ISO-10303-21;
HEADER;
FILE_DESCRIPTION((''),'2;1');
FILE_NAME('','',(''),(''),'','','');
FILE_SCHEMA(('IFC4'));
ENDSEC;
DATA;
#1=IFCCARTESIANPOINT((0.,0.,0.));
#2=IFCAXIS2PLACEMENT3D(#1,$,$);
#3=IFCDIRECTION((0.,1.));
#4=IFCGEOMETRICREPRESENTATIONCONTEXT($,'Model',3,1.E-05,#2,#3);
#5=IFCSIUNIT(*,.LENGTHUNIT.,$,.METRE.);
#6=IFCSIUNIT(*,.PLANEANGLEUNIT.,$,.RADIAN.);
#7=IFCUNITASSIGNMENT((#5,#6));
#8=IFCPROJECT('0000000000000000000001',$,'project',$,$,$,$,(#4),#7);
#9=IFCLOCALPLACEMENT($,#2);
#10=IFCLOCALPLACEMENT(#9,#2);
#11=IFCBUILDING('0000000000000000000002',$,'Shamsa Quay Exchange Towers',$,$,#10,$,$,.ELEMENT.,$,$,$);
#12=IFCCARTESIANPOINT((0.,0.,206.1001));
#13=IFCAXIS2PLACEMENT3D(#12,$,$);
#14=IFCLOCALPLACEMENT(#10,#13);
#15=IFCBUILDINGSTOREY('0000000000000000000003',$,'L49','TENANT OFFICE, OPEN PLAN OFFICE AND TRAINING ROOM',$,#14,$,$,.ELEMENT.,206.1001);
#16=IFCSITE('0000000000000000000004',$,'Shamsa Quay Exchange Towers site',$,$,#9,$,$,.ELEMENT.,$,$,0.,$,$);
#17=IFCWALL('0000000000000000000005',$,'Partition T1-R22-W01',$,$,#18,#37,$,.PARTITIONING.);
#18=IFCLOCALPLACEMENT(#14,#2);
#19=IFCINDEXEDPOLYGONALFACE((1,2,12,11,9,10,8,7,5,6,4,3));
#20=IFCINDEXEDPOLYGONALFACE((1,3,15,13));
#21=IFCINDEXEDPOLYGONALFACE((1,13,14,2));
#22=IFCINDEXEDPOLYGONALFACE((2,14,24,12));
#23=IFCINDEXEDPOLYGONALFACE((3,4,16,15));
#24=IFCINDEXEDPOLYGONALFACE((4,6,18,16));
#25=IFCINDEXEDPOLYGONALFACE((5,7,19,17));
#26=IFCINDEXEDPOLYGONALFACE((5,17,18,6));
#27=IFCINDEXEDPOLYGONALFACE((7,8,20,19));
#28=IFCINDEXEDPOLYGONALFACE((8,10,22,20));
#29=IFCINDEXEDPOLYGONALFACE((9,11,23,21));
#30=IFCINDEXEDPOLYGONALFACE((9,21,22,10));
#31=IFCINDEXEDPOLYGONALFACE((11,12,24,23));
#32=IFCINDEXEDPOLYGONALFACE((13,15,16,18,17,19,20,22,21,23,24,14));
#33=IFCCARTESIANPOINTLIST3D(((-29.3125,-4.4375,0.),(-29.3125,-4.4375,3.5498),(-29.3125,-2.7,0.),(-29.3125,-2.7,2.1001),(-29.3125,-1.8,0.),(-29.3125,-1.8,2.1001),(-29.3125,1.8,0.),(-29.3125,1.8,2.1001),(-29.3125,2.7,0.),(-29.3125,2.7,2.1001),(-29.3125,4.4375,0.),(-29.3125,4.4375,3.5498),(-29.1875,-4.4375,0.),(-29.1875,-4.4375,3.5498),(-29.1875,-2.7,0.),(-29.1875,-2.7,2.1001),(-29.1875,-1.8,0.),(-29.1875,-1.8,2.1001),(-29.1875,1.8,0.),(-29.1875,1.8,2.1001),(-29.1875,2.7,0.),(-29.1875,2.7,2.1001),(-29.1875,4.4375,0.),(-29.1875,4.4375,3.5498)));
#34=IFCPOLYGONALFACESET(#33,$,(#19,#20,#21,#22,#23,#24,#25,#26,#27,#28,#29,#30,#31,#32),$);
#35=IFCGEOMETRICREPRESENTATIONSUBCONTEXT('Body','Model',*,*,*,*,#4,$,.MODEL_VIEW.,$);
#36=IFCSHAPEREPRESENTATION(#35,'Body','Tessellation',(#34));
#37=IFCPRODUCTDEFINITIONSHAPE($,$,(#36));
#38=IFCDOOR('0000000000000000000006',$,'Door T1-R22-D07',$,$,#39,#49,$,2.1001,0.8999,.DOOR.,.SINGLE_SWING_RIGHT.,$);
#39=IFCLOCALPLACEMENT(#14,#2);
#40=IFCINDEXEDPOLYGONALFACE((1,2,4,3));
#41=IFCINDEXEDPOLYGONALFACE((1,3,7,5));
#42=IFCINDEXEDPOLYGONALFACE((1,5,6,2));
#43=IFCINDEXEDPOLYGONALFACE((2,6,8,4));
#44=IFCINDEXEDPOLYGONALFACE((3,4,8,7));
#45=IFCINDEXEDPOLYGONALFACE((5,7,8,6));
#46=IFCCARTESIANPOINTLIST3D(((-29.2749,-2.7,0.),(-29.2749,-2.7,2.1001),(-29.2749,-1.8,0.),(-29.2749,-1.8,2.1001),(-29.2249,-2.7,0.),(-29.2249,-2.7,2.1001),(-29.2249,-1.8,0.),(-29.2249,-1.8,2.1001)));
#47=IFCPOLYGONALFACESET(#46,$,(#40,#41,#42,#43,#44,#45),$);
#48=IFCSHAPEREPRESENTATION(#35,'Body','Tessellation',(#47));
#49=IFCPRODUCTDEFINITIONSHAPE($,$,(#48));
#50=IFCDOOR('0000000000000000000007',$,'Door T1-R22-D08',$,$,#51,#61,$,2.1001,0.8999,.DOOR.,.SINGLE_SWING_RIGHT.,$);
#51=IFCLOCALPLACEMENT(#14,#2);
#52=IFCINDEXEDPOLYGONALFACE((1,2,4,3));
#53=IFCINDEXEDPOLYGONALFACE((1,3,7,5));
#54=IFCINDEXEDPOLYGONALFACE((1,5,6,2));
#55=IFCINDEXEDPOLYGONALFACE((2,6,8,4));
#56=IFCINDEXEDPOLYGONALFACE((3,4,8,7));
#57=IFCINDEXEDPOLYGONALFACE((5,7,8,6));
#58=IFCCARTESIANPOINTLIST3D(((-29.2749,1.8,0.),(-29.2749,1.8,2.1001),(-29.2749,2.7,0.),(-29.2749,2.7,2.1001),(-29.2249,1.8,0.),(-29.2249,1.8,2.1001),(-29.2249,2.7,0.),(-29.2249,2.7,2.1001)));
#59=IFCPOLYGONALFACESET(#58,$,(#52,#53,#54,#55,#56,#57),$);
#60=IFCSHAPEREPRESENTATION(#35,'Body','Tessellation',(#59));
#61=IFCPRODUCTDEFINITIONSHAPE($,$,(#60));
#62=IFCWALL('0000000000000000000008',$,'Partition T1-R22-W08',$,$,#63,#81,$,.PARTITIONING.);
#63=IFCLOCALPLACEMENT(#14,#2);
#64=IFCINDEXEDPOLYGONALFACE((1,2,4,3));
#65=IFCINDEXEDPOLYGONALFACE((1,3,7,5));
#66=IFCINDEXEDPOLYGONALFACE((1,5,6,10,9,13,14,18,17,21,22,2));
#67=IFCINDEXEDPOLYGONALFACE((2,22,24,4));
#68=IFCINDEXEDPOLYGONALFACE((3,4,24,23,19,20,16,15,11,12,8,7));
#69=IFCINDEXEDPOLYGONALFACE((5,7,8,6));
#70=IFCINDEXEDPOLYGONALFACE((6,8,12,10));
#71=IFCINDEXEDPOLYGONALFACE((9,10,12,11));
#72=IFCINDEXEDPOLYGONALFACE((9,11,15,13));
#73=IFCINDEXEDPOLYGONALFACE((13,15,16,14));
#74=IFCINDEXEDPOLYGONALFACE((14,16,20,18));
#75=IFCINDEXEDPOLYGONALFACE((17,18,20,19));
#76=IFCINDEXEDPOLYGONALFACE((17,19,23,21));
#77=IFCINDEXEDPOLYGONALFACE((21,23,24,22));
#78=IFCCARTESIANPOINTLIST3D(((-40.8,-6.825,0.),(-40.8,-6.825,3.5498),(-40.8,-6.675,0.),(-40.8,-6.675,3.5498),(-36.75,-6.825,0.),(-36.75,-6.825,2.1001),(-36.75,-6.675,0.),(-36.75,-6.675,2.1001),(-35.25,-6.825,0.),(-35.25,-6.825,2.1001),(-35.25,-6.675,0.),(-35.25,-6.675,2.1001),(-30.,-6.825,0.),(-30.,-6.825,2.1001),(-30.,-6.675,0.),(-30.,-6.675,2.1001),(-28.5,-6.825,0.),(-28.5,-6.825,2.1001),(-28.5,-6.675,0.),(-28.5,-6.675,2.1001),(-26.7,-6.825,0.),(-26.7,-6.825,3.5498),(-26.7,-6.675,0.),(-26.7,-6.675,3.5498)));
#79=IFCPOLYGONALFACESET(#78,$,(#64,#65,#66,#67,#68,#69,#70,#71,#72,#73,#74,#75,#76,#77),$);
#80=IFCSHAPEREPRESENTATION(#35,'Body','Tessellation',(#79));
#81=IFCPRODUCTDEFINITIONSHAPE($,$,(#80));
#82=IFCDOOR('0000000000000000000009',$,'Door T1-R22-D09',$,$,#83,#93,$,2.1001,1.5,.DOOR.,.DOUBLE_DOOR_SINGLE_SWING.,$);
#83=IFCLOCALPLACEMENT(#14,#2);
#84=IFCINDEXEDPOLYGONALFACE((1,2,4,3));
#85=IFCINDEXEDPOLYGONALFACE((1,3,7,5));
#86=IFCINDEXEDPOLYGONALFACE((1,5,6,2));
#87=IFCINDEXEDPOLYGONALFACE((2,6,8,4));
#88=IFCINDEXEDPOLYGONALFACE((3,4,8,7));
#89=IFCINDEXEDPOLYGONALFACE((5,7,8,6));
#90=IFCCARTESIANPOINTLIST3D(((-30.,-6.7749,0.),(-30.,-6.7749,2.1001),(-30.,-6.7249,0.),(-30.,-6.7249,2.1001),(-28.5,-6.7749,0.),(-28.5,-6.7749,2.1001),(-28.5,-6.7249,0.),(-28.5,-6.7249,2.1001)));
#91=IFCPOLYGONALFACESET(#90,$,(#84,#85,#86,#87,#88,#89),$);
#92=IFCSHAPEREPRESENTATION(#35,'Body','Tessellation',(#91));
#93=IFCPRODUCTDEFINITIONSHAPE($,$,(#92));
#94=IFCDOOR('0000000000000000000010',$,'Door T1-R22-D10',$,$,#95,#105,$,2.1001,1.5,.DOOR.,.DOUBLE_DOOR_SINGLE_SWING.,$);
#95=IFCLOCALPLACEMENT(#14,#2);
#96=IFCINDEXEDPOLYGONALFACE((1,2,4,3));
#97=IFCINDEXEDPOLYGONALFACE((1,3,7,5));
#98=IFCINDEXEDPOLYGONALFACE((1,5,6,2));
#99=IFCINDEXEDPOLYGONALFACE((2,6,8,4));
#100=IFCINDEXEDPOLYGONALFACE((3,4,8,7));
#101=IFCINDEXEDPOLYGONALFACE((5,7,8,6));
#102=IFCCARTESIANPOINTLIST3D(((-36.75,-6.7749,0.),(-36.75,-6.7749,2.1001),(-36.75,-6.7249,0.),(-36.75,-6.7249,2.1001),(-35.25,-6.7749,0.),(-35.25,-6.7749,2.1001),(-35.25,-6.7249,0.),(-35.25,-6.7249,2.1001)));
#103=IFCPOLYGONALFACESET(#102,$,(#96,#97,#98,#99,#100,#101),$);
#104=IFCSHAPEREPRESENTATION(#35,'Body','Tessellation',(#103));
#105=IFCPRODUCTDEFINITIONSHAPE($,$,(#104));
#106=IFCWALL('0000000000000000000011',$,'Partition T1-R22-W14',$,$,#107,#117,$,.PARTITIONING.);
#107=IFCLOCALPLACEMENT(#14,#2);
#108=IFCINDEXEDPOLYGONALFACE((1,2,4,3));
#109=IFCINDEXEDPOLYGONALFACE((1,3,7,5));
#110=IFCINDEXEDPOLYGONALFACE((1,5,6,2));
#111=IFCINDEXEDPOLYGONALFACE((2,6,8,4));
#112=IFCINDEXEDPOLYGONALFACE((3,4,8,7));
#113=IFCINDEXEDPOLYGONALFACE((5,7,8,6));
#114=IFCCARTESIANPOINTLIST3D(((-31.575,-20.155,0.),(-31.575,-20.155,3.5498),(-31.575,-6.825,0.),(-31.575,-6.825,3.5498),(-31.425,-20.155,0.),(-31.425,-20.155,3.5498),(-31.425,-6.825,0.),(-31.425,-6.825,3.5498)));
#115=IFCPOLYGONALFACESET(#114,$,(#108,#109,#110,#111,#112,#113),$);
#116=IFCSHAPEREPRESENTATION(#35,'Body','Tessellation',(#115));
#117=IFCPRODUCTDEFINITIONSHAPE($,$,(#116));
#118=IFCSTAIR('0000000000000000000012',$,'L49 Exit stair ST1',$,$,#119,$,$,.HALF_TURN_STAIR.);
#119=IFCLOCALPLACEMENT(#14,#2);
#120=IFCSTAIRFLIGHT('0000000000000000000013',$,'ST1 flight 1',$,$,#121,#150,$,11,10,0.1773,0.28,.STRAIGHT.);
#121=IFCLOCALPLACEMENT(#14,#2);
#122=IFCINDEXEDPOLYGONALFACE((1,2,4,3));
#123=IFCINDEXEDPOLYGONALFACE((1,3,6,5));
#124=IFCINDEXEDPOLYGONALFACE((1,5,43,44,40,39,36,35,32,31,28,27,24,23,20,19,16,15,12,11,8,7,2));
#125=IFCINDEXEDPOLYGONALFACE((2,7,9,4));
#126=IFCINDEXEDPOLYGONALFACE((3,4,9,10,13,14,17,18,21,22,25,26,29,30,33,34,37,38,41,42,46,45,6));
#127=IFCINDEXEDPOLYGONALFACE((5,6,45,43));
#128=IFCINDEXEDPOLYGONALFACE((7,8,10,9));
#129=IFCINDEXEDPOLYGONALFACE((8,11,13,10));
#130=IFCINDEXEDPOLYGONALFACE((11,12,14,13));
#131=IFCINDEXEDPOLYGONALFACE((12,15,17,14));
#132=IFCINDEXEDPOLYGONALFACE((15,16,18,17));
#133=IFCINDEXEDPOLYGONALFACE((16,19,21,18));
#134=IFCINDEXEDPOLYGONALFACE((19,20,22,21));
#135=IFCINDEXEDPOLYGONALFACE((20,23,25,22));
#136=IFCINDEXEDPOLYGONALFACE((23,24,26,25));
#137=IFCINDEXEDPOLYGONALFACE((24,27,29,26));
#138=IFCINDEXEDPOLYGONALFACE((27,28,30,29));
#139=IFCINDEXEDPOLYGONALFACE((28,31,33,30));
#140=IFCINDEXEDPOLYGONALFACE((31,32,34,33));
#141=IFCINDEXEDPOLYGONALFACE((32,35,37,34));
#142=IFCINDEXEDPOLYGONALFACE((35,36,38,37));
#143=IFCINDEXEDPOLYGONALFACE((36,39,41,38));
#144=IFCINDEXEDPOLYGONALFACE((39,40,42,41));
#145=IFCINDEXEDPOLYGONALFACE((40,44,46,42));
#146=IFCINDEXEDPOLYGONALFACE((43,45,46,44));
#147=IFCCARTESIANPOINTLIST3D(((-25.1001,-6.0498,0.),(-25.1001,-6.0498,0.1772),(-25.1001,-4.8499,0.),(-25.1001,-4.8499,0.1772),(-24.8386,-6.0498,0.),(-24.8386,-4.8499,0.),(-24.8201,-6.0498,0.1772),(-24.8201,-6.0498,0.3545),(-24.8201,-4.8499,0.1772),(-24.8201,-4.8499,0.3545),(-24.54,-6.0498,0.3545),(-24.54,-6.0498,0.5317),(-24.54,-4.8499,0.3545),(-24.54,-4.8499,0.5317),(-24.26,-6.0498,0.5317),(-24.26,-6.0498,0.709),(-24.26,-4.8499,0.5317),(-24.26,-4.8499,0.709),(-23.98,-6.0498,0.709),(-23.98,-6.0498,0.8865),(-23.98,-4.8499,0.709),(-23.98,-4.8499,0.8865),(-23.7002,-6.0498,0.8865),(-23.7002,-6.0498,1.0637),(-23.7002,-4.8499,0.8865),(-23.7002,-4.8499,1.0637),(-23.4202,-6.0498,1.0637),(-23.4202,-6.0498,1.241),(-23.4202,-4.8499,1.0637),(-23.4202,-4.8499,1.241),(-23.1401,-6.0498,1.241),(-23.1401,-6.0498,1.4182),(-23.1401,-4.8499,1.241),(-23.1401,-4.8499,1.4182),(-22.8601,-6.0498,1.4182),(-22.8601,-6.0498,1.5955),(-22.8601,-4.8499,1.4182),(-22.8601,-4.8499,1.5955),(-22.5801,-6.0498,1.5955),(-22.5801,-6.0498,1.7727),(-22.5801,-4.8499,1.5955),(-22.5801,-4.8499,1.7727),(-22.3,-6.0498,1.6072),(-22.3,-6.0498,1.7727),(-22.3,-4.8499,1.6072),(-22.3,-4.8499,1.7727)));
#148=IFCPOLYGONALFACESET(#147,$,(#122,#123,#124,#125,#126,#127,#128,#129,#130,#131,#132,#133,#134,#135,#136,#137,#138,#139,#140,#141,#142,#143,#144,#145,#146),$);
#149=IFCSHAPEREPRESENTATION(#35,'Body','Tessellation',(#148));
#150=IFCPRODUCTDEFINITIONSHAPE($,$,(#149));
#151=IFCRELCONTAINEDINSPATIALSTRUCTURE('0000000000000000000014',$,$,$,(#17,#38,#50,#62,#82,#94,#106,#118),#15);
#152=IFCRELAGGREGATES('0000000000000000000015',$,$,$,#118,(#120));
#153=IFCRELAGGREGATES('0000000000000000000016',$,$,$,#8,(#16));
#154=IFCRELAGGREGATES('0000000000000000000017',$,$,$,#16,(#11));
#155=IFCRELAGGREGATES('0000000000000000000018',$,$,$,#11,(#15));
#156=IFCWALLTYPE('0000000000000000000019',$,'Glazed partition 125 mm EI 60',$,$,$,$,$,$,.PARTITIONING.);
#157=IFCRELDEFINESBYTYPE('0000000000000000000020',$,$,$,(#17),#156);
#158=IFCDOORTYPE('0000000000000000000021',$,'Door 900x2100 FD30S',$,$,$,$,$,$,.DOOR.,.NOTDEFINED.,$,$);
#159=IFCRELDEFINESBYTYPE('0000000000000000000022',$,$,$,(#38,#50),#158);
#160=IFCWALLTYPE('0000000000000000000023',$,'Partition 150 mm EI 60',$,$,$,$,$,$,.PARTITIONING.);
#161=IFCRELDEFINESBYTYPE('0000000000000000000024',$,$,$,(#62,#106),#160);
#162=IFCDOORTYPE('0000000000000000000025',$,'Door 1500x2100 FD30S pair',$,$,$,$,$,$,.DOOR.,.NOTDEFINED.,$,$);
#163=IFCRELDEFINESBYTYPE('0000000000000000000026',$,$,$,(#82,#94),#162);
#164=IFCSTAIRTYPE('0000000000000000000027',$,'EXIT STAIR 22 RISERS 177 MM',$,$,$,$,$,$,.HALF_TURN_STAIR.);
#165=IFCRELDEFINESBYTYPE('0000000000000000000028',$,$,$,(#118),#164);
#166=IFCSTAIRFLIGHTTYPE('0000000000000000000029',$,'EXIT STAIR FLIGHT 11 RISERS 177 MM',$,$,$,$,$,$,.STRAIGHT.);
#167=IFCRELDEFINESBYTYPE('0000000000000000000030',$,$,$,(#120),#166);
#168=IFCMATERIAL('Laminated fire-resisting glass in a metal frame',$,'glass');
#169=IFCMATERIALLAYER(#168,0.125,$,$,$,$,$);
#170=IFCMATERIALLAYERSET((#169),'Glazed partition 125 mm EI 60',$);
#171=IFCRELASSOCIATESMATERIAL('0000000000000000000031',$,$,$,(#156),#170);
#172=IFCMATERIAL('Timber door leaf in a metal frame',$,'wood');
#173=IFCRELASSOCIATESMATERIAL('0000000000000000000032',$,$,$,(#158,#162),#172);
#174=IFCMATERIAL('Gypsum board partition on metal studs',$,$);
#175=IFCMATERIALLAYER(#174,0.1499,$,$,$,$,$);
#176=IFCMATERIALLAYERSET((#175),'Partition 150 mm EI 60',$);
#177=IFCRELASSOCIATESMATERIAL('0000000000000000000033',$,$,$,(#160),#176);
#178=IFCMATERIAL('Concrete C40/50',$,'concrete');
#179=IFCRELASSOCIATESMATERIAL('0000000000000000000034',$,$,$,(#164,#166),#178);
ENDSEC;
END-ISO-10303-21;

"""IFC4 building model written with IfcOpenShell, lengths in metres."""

from ifc_helpers import new_model, si_unit, direction, frame, frame_2d, origin, place, context, subcontext, project, spatial, polyline, rectangle, outline, extrude, material, layer, layer_set, type_object, element, fill, aggregate, save


model = new_model("IFC4")

# Units and contexts
model_context = context("Model", 3, precision=1e-05, world=origin(), true_north=direction((0.0, 1.0)))
body_context = subcontext(model_context, "Body", "Model", "MODEL_VIEW")
ifc_project = project(units=[si_unit("LENGTHUNIT", "METRE"), si_unit("PLANEANGLEUNIT", "RADIAN")], contexts=[model_context])

# Site, building, storey
site_placement = place(None, origin())
site = spatial("IfcSite", under=ifc_project, at=site_placement, Name="Shamsa Quay Exchange Towers site", CompositionType="ELEMENT", RefElevation=0.0)
building_placement = place(site_placement, origin())
building = spatial("IfcBuilding", under=site, at=building_placement, Name="Shamsa Quay Exchange Towers", CompositionType="ELEMENT")
storey_placement = place(building_placement, frame((0.0, 0.0, 206.1001)))
storey = spatial("IfcBuildingStorey", under=building, at=storey_placement, Name="L49", Description="TENANT OFFICE, OPEN PLAN OFFICE AND TRAINING ROOM", CompositionType="ELEMENT", Elevation=206.1001)

# Walls, openings, doors
ifc_material_1 = material(Name="Laminated fire-resisting glass in a metal frame", Category="glass")
ifc_layer_1 = layer(ifc_material_1, 0.125)
ifc_layer_set_1 = layer_set([ifc_layer_1], Name="Glazed partition 125 mm EI 60")
wall_type_1 = type_object("IfcWallType", Name="Glazed partition 125 mm EI 60", PredefinedType="PARTITIONING", material=ifc_layer_set_1)
wall_1_placement = place(storey_placement, frame((-29.25, -4.4375, 0.0), z_axis=(0.0, 0.0, 1.0), x_axis=(0.0, 1.0, 0.0)))
wall_1 = element("IfcWall", 1, at=wall_1_placement, inside=storey, type_object=wall_type_1, Name="Partition T1-R22-W01", PredefinedType="PARTITIONING", context=body_context, shape_type="SweptSolid", body=[
    extrude(rectangle(XDim=8.875, YDim=0.125, at=frame_2d((4.4375, 0.0))), origin(), (0.0, 0.0, 1.0), 3.5498),
])
opening_1_placement = place(wall_1_placement, frame((1.7375, 0.0, 0.0)))
opening_1 = element("IfcOpeningElement", 2, at=opening_1_placement, cuts=wall_1, PredefinedType="OPENING", context=body_context, shape_type="SweptSolid", body=[
    extrude(rectangle(XDim=0.8999, YDim=2.1001, at=frame_2d((0.45, 1.05))), frame((0.0, 0.0725, 0.0), z_axis=(0.0, -1.0, 0.0), x_axis=(1.0, 0.0, 0.0)), (0.0, 0.0, 1.0), 0.145),
])
opening_2_placement = place(wall_1_placement, frame((6.2375, 0.0, 0.0)))
opening_2 = element("IfcOpeningElement", 3, at=opening_2_placement, cuts=wall_1, PredefinedType="OPENING", context=body_context, shape_type="SweptSolid", body=[
    extrude(rectangle(XDim=0.8999, YDim=2.1001, at=frame_2d((0.45, 1.05))), frame((0.0, 0.0725, 0.0), z_axis=(0.0, -1.0, 0.0), x_axis=(1.0, 0.0, 0.0)), (0.0, 0.0, 1.0), 0.145),
])
ifc_material_2 = material(Name="Timber door leaf in a metal frame", Category="wood")
door_type_1 = type_object("IfcDoorType", Name="Door 900x2100 FD30S", OperationType="NOTDEFINED", PredefinedType="DOOR", material=ifc_material_2)
door_1_placement = place(opening_1_placement, origin())
door_1 = element("IfcDoor", 4, at=door_1_placement, inside=storey, type_object=door_type_1, Name="Door T1-R22-D07", OperationType="SINGLE_SWING_RIGHT", OverallHeight=2.1001, OverallWidth=0.8999, PredefinedType="DOOR", context=body_context, shape_type="SweptSolid", body=[
    extrude(rectangle(XDim=0.8999, YDim=2.1001, at=frame_2d((0.45, 1.05))), frame((0.0, 0.0249, 0.0), z_axis=(0.0, -1.0, 0.0), x_axis=(1.0, 0.0, 0.0)), (0.0, 0.0, 1.0), 0.05),
])
fill(opening_1, door_1)
door_2_placement = place(opening_2_placement, origin())
door_2 = element("IfcDoor", 5, at=door_2_placement, inside=storey, type_object=door_type_1, Name="Door T1-R22-D08", OperationType="SINGLE_SWING_RIGHT", OverallHeight=2.1001, OverallWidth=0.8999, PredefinedType="DOOR", context=body_context, shape_type="SweptSolid", body=[
    extrude(rectangle(XDim=0.8999, YDim=2.1001, at=frame_2d((0.45, 1.05))), frame((0.0, 0.0249, 0.0), z_axis=(0.0, -1.0, 0.0), x_axis=(1.0, 0.0, 0.0)), (0.0, 0.0, 1.0), 0.05),
])
fill(opening_2, door_2)
ifc_material_3 = material(Name="Gypsum board partition on metal studs")
ifc_layer_2 = layer(ifc_material_3, 0.1499)
ifc_layer_set_2 = layer_set([ifc_layer_2], Name="Partition 150 mm EI 60")
wall_type_2 = type_object("IfcWallType", Name="Partition 150 mm EI 60", PredefinedType="PARTITIONING", material=ifc_layer_set_2)
wall_2_placement = place(storey_placement, frame((-26.7, -6.75, 0.0), z_axis=(0.0, 0.0, 1.0), x_axis=(-1.0, 0.0, 0.0)))
wall_2 = element("IfcWall", 6, at=wall_2_placement, inside=storey, type_object=wall_type_2, Name="Partition T1-R22-W08", PredefinedType="PARTITIONING", context=body_context, shape_type="SweptSolid", body=[
    extrude(rectangle(XDim=14.1001, YDim=0.1499, at=frame_2d((7.05, 0.0))), origin(), (0.0, 0.0, 1.0), 3.5498),
])
opening_3_placement = place(wall_2_placement, frame((1.8, 0.0, 0.0)))
opening_3 = element("IfcOpeningElement", 7, at=opening_3_placement, cuts=wall_2, PredefinedType="OPENING", context=body_context, shape_type="SweptSolid", body=[
    extrude(rectangle(XDim=1.5, YDim=2.1001, at=frame_2d((0.75, 1.05))), frame((0.0, 0.085, 0.0), z_axis=(0.0, -1.0, 0.0), x_axis=(1.0, 0.0, 0.0)), (0.0, 0.0, 1.0), 0.1699),
])
opening_4_placement = place(wall_2_placement, frame((8.55, 0.0, 0.0)))
opening_4 = element("IfcOpeningElement", 8, at=opening_4_placement, cuts=wall_2, PredefinedType="OPENING", context=body_context, shape_type="SweptSolid", body=[
    extrude(rectangle(XDim=1.5, YDim=2.1001, at=frame_2d((0.75, 1.05))), frame((0.0, 0.085, 0.0), z_axis=(0.0, -1.0, 0.0), x_axis=(1.0, 0.0, 0.0)), (0.0, 0.0, 1.0), 0.1699),
])
door_type_2 = type_object("IfcDoorType", Name="Door 1500x2100 FD30S pair", OperationType="NOTDEFINED", PredefinedType="DOOR", material=ifc_material_2)
door_3_placement = place(opening_3_placement, origin())
door_3 = element("IfcDoor", 9, at=door_3_placement, inside=storey, type_object=door_type_2, Name="Door T1-R22-D09", OperationType="DOUBLE_DOOR_SINGLE_SWING", OverallHeight=2.1001, OverallWidth=1.5, PredefinedType="DOOR", context=body_context, shape_type="SweptSolid", body=[
    extrude(rectangle(XDim=1.5, YDim=2.1001, at=frame_2d((0.75, 1.05))), frame((0.0, 0.0249, 0.0), z_axis=(0.0, -1.0, 0.0), x_axis=(1.0, 0.0, 0.0)), (0.0, 0.0, 1.0), 0.05),
])
fill(opening_3, door_3)
door_4_placement = place(opening_4_placement, origin())
door_4 = element("IfcDoor", 10, at=door_4_placement, inside=storey, type_object=door_type_2, Name="Door T1-R22-D10", OperationType="DOUBLE_DOOR_SINGLE_SWING", OverallHeight=2.1001, OverallWidth=1.5, PredefinedType="DOOR", context=body_context, shape_type="SweptSolid", body=[
    extrude(rectangle(XDim=1.5, YDim=2.1001, at=frame_2d((0.75, 1.05))), frame((0.0, 0.0249, 0.0), z_axis=(0.0, -1.0, 0.0), x_axis=(1.0, 0.0, 0.0)), (0.0, 0.0, 1.0), 0.05),
])
fill(opening_4, door_4)

# Wall
wall_3_placement = place(storey_placement, frame((-31.5, -20.155, 0.0), z_axis=(0.0, 0.0, 1.0), x_axis=(0.0, 1.0, 0.0)))
element("IfcWall", 11, at=wall_3_placement, inside=storey, type_object=wall_type_2, Name="Partition T1-R22-W14", PredefinedType="PARTITIONING", context=body_context, shape_type="SweptSolid", body=[
    extrude(rectangle(XDim=13.3301, YDim=0.1499, at=frame_2d((6.665, 0.0))), origin(), (0.0, 0.0, 1.0), 3.5498),
])

# Stair, stair flight
ifc_material_4 = material(Name="Concrete C40/50", Category="concrete")
stair_type = type_object("IfcStairType", Name="EXIT STAIR 22 RISERS 177 MM", PredefinedType="HALF_TURN_STAIR", material=ifc_material_4)
stair_placement = place(storey_placement, origin())
stair = element("IfcStair", 12, at=stair_placement, inside=storey, type_object=stair_type, Name="L49 Exit stair ST1", PredefinedType="HALF_TURN_STAIR")
stair_flight_type = type_object("IfcStairFlightType", Name="EXIT STAIR FLIGHT 11 RISERS 177 MM", PredefinedType="STRAIGHT", material=ifc_material_4)
stair_flight_placement = place(storey_placement, frame((-25.1001, -5.45, 0.0)))
stair_flight = element("IfcStairFlight", 13, at=stair_flight_placement, type_object=stair_flight_type, Name="ST1 flight 1", NumberOfRisers=11, NumberOfTreads=10, PredefinedType="STRAIGHT", RiserHeight=0.1773, TreadLength=0.28, context=body_context, shape_type="SweptSolid", body=[
    extrude(outline(polyline([(0.0, 0.0), (0.0, 0.1772), (0.28, 0.1772), (0.28, 0.3545), (0.5601, 0.3545), (0.5601, 0.5317), (0.8401, 0.5317), (0.8401, 0.709), (1.1201, 0.709), (1.1201, 0.8865), (1.3999, 0.8865), (1.3999, 1.0637), (1.6799, 1.0637), (1.6799, 1.241), (1.96, 1.241), (1.96, 1.4182), (2.24, 1.4182), (2.24, 1.5955), (2.52, 1.5955), (2.52, 1.7727), (2.8, 1.7727), (2.8, 1.95), (2.8, 1.6072), (0.2615, 0.0), (0.0, 0.0)])), frame((0.0, 0.6001, 0.0), z_axis=(0.0, -1.0, 0.0), x_axis=(1.0, 0.0, 0.0)), (0.0, 0.0, 1.0), 1.2),
])
aggregate(stair, [stair_flight])

save(model, "model.ifc")
